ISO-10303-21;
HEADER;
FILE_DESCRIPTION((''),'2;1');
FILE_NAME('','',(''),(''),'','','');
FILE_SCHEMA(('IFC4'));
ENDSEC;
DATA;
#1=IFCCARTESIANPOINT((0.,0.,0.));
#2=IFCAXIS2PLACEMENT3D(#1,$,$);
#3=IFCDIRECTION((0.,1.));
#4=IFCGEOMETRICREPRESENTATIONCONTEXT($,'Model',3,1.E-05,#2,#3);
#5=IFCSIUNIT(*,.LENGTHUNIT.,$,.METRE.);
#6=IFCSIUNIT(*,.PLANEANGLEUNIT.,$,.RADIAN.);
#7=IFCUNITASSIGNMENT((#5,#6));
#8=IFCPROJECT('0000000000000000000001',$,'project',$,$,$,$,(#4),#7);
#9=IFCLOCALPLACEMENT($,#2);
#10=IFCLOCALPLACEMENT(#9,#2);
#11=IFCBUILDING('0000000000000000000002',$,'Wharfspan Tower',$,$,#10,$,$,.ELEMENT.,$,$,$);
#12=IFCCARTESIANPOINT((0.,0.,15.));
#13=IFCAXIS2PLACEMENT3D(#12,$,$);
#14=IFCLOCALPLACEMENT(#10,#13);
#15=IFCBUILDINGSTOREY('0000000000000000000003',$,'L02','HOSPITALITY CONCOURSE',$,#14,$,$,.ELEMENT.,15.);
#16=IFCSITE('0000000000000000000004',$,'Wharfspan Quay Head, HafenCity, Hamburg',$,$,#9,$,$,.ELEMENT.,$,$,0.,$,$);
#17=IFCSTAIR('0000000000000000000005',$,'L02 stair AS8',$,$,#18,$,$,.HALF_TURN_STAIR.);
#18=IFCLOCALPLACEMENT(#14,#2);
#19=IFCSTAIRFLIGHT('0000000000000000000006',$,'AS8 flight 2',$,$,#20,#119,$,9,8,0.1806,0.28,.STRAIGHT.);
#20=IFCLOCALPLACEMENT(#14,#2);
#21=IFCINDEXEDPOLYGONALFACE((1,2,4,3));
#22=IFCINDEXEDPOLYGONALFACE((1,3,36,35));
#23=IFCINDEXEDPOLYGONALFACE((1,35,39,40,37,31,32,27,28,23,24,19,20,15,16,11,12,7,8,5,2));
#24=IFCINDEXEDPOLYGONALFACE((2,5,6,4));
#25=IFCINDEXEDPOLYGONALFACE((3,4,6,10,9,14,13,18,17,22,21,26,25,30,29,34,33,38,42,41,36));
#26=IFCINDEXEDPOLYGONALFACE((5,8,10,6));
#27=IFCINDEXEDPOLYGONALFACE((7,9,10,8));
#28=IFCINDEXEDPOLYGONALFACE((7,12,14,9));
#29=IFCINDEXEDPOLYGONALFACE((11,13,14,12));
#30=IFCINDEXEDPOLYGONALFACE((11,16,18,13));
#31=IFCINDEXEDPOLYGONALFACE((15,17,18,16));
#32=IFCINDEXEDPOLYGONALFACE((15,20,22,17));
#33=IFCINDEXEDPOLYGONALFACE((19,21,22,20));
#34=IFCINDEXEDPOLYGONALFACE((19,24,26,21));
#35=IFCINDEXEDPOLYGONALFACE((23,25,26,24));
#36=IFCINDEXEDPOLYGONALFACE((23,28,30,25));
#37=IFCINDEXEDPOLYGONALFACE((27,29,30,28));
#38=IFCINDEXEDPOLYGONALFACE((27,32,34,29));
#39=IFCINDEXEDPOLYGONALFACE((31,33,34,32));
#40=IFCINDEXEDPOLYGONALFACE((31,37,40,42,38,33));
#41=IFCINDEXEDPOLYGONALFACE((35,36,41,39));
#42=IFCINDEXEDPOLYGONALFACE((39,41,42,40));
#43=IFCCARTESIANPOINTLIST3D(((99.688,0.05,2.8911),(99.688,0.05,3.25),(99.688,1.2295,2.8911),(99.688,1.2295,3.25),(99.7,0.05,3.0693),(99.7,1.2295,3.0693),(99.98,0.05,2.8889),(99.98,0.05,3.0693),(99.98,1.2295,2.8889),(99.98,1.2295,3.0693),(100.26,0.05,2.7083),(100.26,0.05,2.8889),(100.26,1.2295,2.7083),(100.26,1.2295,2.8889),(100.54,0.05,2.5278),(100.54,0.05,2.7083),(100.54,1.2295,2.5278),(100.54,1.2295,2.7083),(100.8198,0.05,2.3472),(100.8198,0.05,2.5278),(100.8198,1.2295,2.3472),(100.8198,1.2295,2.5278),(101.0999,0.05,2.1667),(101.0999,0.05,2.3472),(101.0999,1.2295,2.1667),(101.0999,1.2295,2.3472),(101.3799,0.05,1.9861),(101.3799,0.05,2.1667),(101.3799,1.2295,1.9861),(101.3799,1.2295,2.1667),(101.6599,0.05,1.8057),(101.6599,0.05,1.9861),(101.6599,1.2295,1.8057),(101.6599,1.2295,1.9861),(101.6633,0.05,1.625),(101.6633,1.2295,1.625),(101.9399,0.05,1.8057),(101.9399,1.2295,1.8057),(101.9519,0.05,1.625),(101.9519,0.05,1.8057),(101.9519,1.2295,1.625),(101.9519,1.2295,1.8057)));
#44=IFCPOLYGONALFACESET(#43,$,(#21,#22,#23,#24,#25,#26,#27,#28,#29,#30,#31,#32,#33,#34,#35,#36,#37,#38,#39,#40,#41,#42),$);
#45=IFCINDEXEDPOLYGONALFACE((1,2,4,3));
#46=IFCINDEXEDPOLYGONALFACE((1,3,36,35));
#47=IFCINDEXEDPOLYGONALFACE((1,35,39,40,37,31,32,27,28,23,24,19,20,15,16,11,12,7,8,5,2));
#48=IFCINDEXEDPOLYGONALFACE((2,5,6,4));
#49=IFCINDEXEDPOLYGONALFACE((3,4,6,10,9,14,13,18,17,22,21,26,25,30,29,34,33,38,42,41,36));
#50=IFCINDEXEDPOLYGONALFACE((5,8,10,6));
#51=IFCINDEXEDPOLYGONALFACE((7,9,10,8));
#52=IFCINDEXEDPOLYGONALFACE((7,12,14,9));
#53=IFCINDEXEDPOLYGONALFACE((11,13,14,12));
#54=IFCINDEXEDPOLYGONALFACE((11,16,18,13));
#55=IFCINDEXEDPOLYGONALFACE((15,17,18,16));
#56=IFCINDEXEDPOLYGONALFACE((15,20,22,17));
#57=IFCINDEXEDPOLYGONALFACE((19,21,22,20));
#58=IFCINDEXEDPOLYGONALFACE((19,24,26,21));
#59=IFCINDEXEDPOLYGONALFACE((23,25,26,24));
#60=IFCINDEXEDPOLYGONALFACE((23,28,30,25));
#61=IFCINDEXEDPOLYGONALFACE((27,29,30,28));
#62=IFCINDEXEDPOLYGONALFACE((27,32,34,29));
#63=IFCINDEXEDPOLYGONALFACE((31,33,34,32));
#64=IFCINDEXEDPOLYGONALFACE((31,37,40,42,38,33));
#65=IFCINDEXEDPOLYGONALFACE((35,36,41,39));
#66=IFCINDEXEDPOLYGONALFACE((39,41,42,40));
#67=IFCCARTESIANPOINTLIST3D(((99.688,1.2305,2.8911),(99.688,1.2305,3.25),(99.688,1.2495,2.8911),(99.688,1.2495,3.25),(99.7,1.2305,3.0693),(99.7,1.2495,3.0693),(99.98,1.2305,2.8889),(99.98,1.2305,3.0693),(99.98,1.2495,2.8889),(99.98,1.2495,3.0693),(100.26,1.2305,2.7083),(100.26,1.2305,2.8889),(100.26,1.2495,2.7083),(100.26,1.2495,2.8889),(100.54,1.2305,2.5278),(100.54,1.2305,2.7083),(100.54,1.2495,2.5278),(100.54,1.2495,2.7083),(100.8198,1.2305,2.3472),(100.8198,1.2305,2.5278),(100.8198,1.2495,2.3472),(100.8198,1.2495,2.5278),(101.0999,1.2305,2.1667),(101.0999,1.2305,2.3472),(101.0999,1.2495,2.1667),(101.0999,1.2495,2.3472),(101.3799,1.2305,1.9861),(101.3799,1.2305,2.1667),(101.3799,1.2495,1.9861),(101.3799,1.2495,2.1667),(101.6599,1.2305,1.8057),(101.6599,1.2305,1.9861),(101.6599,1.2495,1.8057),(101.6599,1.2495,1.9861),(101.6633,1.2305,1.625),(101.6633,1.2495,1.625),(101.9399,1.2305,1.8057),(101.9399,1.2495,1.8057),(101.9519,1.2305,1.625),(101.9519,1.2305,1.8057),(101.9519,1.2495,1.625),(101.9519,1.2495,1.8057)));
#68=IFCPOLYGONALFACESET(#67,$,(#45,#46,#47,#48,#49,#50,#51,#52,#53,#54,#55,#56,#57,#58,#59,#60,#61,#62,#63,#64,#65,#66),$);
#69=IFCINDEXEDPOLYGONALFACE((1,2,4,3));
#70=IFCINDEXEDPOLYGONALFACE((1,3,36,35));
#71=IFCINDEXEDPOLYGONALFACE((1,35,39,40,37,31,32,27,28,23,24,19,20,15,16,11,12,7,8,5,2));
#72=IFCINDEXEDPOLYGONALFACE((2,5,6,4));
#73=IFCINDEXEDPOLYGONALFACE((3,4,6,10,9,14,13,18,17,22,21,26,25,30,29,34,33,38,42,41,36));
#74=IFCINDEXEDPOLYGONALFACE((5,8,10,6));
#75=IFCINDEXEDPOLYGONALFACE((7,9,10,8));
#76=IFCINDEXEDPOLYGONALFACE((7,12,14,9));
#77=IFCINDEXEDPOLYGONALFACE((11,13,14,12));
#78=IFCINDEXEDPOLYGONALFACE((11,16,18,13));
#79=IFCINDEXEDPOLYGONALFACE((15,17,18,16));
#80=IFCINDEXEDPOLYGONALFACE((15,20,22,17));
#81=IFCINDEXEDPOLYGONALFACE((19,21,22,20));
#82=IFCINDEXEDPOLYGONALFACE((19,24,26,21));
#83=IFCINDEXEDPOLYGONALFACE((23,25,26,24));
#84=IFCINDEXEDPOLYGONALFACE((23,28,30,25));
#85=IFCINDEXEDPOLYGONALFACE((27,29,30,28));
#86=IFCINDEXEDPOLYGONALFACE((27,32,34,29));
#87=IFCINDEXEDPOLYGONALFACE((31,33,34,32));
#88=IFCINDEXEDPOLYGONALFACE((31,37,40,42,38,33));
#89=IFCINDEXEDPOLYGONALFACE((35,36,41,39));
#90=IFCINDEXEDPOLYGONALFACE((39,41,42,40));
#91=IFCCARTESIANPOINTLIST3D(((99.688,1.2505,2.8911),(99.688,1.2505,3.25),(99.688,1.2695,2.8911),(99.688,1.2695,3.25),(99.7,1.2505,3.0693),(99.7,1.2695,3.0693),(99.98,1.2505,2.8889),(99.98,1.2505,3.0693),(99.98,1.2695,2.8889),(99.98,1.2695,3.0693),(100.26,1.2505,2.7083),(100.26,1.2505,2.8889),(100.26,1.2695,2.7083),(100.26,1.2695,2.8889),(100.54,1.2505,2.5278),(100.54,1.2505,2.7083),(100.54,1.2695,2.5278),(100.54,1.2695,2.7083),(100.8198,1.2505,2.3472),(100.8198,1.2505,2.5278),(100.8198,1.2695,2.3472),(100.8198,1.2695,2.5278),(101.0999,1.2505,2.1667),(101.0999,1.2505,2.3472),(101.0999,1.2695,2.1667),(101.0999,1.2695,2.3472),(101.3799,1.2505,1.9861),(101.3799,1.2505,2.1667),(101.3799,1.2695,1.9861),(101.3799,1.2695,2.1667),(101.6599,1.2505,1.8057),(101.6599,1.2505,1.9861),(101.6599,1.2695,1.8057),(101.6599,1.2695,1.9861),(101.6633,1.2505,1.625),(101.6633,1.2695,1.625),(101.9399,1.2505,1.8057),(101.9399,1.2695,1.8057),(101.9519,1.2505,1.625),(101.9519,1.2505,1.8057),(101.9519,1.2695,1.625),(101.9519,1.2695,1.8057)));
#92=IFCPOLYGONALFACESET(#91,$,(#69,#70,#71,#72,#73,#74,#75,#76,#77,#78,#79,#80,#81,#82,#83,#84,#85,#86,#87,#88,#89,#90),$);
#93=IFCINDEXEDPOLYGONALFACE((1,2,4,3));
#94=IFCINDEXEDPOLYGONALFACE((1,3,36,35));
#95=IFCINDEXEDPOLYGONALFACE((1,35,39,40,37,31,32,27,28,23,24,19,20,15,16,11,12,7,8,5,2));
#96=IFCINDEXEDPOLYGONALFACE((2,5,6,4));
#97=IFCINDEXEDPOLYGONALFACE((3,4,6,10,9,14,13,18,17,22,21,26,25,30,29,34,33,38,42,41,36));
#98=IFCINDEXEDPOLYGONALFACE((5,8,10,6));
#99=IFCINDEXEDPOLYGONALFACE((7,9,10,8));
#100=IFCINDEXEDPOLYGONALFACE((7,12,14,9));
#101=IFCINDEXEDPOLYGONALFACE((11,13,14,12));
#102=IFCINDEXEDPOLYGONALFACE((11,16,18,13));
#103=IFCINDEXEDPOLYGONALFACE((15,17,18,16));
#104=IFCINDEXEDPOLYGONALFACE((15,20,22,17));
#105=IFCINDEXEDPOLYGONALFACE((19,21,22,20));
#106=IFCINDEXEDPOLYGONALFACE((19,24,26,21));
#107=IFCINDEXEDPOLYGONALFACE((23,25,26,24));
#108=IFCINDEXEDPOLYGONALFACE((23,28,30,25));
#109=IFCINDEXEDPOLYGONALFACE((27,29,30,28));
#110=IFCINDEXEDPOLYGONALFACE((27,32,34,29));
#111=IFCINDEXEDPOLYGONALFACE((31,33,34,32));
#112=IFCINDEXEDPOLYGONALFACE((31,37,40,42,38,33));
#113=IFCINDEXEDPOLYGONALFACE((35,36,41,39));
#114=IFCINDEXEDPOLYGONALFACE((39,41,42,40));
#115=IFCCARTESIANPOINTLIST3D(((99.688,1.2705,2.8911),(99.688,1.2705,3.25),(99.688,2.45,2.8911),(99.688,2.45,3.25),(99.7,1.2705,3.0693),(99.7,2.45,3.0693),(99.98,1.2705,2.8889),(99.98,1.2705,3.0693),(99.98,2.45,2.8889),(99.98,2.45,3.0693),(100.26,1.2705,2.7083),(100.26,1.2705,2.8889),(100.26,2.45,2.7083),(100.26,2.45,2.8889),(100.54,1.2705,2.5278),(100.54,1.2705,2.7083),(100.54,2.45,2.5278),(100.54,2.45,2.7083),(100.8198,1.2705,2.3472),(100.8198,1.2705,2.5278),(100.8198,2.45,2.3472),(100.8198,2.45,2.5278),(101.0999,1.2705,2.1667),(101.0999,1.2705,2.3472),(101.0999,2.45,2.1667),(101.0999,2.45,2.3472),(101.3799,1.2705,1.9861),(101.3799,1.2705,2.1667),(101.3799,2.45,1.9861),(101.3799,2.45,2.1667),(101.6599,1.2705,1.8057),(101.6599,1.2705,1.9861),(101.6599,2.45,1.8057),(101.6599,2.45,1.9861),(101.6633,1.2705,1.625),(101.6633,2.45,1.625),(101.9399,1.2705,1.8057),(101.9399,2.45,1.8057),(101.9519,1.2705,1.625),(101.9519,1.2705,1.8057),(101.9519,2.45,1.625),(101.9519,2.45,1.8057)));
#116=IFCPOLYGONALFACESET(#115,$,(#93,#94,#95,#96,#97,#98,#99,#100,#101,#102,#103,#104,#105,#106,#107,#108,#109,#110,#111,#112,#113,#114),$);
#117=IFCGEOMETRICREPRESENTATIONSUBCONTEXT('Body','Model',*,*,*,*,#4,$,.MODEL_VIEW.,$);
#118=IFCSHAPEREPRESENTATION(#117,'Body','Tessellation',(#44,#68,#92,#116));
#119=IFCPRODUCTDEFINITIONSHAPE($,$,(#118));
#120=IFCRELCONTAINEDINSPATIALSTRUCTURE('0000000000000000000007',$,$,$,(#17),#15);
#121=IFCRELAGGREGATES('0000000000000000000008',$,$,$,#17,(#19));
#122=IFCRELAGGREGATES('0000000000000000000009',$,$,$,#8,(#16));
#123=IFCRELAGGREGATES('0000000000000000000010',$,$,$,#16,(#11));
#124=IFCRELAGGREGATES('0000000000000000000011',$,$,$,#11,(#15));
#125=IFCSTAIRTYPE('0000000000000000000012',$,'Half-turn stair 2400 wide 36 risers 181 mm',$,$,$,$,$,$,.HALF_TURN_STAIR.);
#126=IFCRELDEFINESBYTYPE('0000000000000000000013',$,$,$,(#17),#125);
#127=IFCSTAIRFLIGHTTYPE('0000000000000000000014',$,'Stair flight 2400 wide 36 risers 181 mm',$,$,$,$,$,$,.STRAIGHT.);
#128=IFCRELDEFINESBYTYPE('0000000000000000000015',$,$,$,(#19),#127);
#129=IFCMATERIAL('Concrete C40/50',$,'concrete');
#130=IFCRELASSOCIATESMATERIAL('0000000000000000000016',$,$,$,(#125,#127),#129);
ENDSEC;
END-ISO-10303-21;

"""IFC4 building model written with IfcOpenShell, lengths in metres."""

from ifc_helpers import new_model, si_unit, direction, frame, origin, place, context, subcontext, project, spatial, polyline, outline, extrude, material, type_object, element, aggregate, save


model = new_model("IFC4")

# Units and contexts
model_context = context("Model", 3, precision=1e-05, world=origin(), true_north=direction((0.0, 1.0)))
body_context = subcontext(model_context, "Body", "Model", "MODEL_VIEW")
ifc_project = project(units=[si_unit("LENGTHUNIT", "METRE"), si_unit("PLANEANGLEUNIT", "RADIAN")], contexts=[model_context])

# Site, building, storey
site_placement = place(None, origin())
site = spatial("IfcSite", under=ifc_project, at=site_placement, Name="Wharfspan Quay Head, HafenCity, Hamburg", CompositionType="ELEMENT", RefElevation=0.0)
building_placement = place(site_placement, origin())
building = spatial("IfcBuilding", under=site, at=building_placement, Name="Wharfspan Tower", CompositionType="ELEMENT")
storey_placement = place(building_placement, frame((0.0, 0.0, 15.0)))
storey = spatial("IfcBuildingStorey", under=building, at=storey_placement, Name="L02", Description="HOSPITALITY CONCOURSE", CompositionType="ELEMENT", Elevation=15.0)

# Stair, stair flight
ifc_material_1 = material(Name="Concrete C40/50", Category="concrete")
stair_type = type_object("IfcStairType", Name="Half-turn stair 2400 wide 36 risers 181 mm", PredefinedType="HALF_TURN_STAIR", material=ifc_material_1)
stair_placement = place(storey_placement, origin())
stair = element("IfcStair", 1, at=stair_placement, inside=storey, type_object=stair_type, Name="L02 stair AS8", PredefinedType="HALF_TURN_STAIR")
stair_flight_type = type_object("IfcStairFlightType", Name="Stair flight 2400 wide 36 risers 181 mm", PredefinedType="STRAIGHT", material=ifc_material_1)
stair_flight_1_placement = place(storey_placement, frame((101.9399, 1.25, 1.625), z_axis=(0.0, 0.0, 1.0), x_axis=(-1.0, 0.0, 0.0)))
stair_flight_1 = element("IfcStairFlight", 2, at=stair_flight_1_placement, type_object=stair_flight_type, Name="AS8 flight 2", NumberOfRisers=9, NumberOfTreads=8, PredefinedType="STRAIGHT", RiserHeight=0.1806, TreadLength=0.28, context=body_context, shape_type="SweptSolid", body=[
    extrude(outline(polyline([(-0.012, 0.0), (-0.012, 0.1807), (0.0, 0.1807), (0.28, 0.1807), (0.28, 0.3611), (0.5601, 0.3611), (0.5601, 0.5417), (0.8401, 0.5417), (0.8401, 0.7222), (1.1201, 0.7222), (1.1201, 0.9028), (1.3999, 0.9028), (1.3999, 1.0833), (1.6799, 1.0833), (1.6799, 1.2639), (1.96, 1.2639), (1.96, 1.4443), (2.24, 1.4443), (2.252, 1.625), (2.252, 1.2661), (0.2766, 0.0), (-0.012, 0.0)])), frame((0.0, 1.2, 0.0), z_axis=(0.0, -1.0, 0.0), x_axis=(1.0, 0.0, 0.0)), (0.0, 0.0, 1.0), 1.1794),
    extrude(outline(polyline([(-0.012, 0.0), (-0.012, 0.1807), (0.0, 0.1807), (0.28, 0.1807), (0.28, 0.3611), (0.5601, 0.3611), (0.5601, 0.5417), (0.8401, 0.5417), (0.8401, 0.7222), (1.1201, 0.7222), (1.1201, 0.9028), (1.3999, 0.9028), (1.3999, 1.0833), (1.6799, 1.0833), (1.6799, 1.2639), (1.96, 1.2639), (1.96, 1.4443), (2.24, 1.4443), (2.252, 1.625), (2.252, 1.2661), (0.2766, 0.0), (-0.012, 0.0)])), frame((0.0, 0.0195, 0.0), z_axis=(0.0, -1.0, 0.0), x_axis=(1.0, 0.0, 0.0)), (0.0, 0.0, 1.0), 0.019),
    extrude(outline(polyline([(-0.012, 0.0), (-0.012, 0.1807), (0.0, 0.1807), (0.28, 0.1807), (0.28, 0.3611), (0.5601, 0.3611), (0.5601, 0.5417), (0.8401, 0.5417), (0.8401, 0.7222), (1.1201, 0.7222), (1.1201, 0.9028), (1.3999, 0.9028), (1.3999, 1.0833), (1.6799, 1.0833), (1.6799, 1.2639), (1.96, 1.2639), (1.96, 1.4443), (2.24, 1.4443), (2.252, 1.625), (2.252, 1.2661), (0.2766, 0.0), (-0.012, 0.0)])), frame((0.0, -0.0005, 0.0), z_axis=(0.0, -1.0, 0.0), x_axis=(1.0, 0.0, 0.0)), (0.0, 0.0, 1.0), 0.019),
    extrude(outline(polyline([(-0.012, 0.0), (-0.012, 0.1807), (0.0, 0.1807), (0.28, 0.1807), (0.28, 0.3611), (0.5601, 0.3611), (0.5601, 0.5417), (0.8401, 0.5417), (0.8401, 0.7222), (1.1201, 0.7222), (1.1201, 0.9028), (1.3999, 0.9028), (1.3999, 1.0833), (1.6799, 1.0833), (1.6799, 1.2639), (1.96, 1.2639), (1.96, 1.4443), (2.24, 1.4443), (2.252, 1.625), (2.252, 1.2661), (0.2766, 0.0), (-0.012, 0.0)])), frame((0.0, -0.0205, 0.0), z_axis=(0.0, -1.0, 0.0), x_axis=(1.0, 0.0, 0.0)), (0.0, 0.0, 1.0), 1.1794),
])
aggregate(stair, [stair_flight_1])

save(model, "model.ifc")
